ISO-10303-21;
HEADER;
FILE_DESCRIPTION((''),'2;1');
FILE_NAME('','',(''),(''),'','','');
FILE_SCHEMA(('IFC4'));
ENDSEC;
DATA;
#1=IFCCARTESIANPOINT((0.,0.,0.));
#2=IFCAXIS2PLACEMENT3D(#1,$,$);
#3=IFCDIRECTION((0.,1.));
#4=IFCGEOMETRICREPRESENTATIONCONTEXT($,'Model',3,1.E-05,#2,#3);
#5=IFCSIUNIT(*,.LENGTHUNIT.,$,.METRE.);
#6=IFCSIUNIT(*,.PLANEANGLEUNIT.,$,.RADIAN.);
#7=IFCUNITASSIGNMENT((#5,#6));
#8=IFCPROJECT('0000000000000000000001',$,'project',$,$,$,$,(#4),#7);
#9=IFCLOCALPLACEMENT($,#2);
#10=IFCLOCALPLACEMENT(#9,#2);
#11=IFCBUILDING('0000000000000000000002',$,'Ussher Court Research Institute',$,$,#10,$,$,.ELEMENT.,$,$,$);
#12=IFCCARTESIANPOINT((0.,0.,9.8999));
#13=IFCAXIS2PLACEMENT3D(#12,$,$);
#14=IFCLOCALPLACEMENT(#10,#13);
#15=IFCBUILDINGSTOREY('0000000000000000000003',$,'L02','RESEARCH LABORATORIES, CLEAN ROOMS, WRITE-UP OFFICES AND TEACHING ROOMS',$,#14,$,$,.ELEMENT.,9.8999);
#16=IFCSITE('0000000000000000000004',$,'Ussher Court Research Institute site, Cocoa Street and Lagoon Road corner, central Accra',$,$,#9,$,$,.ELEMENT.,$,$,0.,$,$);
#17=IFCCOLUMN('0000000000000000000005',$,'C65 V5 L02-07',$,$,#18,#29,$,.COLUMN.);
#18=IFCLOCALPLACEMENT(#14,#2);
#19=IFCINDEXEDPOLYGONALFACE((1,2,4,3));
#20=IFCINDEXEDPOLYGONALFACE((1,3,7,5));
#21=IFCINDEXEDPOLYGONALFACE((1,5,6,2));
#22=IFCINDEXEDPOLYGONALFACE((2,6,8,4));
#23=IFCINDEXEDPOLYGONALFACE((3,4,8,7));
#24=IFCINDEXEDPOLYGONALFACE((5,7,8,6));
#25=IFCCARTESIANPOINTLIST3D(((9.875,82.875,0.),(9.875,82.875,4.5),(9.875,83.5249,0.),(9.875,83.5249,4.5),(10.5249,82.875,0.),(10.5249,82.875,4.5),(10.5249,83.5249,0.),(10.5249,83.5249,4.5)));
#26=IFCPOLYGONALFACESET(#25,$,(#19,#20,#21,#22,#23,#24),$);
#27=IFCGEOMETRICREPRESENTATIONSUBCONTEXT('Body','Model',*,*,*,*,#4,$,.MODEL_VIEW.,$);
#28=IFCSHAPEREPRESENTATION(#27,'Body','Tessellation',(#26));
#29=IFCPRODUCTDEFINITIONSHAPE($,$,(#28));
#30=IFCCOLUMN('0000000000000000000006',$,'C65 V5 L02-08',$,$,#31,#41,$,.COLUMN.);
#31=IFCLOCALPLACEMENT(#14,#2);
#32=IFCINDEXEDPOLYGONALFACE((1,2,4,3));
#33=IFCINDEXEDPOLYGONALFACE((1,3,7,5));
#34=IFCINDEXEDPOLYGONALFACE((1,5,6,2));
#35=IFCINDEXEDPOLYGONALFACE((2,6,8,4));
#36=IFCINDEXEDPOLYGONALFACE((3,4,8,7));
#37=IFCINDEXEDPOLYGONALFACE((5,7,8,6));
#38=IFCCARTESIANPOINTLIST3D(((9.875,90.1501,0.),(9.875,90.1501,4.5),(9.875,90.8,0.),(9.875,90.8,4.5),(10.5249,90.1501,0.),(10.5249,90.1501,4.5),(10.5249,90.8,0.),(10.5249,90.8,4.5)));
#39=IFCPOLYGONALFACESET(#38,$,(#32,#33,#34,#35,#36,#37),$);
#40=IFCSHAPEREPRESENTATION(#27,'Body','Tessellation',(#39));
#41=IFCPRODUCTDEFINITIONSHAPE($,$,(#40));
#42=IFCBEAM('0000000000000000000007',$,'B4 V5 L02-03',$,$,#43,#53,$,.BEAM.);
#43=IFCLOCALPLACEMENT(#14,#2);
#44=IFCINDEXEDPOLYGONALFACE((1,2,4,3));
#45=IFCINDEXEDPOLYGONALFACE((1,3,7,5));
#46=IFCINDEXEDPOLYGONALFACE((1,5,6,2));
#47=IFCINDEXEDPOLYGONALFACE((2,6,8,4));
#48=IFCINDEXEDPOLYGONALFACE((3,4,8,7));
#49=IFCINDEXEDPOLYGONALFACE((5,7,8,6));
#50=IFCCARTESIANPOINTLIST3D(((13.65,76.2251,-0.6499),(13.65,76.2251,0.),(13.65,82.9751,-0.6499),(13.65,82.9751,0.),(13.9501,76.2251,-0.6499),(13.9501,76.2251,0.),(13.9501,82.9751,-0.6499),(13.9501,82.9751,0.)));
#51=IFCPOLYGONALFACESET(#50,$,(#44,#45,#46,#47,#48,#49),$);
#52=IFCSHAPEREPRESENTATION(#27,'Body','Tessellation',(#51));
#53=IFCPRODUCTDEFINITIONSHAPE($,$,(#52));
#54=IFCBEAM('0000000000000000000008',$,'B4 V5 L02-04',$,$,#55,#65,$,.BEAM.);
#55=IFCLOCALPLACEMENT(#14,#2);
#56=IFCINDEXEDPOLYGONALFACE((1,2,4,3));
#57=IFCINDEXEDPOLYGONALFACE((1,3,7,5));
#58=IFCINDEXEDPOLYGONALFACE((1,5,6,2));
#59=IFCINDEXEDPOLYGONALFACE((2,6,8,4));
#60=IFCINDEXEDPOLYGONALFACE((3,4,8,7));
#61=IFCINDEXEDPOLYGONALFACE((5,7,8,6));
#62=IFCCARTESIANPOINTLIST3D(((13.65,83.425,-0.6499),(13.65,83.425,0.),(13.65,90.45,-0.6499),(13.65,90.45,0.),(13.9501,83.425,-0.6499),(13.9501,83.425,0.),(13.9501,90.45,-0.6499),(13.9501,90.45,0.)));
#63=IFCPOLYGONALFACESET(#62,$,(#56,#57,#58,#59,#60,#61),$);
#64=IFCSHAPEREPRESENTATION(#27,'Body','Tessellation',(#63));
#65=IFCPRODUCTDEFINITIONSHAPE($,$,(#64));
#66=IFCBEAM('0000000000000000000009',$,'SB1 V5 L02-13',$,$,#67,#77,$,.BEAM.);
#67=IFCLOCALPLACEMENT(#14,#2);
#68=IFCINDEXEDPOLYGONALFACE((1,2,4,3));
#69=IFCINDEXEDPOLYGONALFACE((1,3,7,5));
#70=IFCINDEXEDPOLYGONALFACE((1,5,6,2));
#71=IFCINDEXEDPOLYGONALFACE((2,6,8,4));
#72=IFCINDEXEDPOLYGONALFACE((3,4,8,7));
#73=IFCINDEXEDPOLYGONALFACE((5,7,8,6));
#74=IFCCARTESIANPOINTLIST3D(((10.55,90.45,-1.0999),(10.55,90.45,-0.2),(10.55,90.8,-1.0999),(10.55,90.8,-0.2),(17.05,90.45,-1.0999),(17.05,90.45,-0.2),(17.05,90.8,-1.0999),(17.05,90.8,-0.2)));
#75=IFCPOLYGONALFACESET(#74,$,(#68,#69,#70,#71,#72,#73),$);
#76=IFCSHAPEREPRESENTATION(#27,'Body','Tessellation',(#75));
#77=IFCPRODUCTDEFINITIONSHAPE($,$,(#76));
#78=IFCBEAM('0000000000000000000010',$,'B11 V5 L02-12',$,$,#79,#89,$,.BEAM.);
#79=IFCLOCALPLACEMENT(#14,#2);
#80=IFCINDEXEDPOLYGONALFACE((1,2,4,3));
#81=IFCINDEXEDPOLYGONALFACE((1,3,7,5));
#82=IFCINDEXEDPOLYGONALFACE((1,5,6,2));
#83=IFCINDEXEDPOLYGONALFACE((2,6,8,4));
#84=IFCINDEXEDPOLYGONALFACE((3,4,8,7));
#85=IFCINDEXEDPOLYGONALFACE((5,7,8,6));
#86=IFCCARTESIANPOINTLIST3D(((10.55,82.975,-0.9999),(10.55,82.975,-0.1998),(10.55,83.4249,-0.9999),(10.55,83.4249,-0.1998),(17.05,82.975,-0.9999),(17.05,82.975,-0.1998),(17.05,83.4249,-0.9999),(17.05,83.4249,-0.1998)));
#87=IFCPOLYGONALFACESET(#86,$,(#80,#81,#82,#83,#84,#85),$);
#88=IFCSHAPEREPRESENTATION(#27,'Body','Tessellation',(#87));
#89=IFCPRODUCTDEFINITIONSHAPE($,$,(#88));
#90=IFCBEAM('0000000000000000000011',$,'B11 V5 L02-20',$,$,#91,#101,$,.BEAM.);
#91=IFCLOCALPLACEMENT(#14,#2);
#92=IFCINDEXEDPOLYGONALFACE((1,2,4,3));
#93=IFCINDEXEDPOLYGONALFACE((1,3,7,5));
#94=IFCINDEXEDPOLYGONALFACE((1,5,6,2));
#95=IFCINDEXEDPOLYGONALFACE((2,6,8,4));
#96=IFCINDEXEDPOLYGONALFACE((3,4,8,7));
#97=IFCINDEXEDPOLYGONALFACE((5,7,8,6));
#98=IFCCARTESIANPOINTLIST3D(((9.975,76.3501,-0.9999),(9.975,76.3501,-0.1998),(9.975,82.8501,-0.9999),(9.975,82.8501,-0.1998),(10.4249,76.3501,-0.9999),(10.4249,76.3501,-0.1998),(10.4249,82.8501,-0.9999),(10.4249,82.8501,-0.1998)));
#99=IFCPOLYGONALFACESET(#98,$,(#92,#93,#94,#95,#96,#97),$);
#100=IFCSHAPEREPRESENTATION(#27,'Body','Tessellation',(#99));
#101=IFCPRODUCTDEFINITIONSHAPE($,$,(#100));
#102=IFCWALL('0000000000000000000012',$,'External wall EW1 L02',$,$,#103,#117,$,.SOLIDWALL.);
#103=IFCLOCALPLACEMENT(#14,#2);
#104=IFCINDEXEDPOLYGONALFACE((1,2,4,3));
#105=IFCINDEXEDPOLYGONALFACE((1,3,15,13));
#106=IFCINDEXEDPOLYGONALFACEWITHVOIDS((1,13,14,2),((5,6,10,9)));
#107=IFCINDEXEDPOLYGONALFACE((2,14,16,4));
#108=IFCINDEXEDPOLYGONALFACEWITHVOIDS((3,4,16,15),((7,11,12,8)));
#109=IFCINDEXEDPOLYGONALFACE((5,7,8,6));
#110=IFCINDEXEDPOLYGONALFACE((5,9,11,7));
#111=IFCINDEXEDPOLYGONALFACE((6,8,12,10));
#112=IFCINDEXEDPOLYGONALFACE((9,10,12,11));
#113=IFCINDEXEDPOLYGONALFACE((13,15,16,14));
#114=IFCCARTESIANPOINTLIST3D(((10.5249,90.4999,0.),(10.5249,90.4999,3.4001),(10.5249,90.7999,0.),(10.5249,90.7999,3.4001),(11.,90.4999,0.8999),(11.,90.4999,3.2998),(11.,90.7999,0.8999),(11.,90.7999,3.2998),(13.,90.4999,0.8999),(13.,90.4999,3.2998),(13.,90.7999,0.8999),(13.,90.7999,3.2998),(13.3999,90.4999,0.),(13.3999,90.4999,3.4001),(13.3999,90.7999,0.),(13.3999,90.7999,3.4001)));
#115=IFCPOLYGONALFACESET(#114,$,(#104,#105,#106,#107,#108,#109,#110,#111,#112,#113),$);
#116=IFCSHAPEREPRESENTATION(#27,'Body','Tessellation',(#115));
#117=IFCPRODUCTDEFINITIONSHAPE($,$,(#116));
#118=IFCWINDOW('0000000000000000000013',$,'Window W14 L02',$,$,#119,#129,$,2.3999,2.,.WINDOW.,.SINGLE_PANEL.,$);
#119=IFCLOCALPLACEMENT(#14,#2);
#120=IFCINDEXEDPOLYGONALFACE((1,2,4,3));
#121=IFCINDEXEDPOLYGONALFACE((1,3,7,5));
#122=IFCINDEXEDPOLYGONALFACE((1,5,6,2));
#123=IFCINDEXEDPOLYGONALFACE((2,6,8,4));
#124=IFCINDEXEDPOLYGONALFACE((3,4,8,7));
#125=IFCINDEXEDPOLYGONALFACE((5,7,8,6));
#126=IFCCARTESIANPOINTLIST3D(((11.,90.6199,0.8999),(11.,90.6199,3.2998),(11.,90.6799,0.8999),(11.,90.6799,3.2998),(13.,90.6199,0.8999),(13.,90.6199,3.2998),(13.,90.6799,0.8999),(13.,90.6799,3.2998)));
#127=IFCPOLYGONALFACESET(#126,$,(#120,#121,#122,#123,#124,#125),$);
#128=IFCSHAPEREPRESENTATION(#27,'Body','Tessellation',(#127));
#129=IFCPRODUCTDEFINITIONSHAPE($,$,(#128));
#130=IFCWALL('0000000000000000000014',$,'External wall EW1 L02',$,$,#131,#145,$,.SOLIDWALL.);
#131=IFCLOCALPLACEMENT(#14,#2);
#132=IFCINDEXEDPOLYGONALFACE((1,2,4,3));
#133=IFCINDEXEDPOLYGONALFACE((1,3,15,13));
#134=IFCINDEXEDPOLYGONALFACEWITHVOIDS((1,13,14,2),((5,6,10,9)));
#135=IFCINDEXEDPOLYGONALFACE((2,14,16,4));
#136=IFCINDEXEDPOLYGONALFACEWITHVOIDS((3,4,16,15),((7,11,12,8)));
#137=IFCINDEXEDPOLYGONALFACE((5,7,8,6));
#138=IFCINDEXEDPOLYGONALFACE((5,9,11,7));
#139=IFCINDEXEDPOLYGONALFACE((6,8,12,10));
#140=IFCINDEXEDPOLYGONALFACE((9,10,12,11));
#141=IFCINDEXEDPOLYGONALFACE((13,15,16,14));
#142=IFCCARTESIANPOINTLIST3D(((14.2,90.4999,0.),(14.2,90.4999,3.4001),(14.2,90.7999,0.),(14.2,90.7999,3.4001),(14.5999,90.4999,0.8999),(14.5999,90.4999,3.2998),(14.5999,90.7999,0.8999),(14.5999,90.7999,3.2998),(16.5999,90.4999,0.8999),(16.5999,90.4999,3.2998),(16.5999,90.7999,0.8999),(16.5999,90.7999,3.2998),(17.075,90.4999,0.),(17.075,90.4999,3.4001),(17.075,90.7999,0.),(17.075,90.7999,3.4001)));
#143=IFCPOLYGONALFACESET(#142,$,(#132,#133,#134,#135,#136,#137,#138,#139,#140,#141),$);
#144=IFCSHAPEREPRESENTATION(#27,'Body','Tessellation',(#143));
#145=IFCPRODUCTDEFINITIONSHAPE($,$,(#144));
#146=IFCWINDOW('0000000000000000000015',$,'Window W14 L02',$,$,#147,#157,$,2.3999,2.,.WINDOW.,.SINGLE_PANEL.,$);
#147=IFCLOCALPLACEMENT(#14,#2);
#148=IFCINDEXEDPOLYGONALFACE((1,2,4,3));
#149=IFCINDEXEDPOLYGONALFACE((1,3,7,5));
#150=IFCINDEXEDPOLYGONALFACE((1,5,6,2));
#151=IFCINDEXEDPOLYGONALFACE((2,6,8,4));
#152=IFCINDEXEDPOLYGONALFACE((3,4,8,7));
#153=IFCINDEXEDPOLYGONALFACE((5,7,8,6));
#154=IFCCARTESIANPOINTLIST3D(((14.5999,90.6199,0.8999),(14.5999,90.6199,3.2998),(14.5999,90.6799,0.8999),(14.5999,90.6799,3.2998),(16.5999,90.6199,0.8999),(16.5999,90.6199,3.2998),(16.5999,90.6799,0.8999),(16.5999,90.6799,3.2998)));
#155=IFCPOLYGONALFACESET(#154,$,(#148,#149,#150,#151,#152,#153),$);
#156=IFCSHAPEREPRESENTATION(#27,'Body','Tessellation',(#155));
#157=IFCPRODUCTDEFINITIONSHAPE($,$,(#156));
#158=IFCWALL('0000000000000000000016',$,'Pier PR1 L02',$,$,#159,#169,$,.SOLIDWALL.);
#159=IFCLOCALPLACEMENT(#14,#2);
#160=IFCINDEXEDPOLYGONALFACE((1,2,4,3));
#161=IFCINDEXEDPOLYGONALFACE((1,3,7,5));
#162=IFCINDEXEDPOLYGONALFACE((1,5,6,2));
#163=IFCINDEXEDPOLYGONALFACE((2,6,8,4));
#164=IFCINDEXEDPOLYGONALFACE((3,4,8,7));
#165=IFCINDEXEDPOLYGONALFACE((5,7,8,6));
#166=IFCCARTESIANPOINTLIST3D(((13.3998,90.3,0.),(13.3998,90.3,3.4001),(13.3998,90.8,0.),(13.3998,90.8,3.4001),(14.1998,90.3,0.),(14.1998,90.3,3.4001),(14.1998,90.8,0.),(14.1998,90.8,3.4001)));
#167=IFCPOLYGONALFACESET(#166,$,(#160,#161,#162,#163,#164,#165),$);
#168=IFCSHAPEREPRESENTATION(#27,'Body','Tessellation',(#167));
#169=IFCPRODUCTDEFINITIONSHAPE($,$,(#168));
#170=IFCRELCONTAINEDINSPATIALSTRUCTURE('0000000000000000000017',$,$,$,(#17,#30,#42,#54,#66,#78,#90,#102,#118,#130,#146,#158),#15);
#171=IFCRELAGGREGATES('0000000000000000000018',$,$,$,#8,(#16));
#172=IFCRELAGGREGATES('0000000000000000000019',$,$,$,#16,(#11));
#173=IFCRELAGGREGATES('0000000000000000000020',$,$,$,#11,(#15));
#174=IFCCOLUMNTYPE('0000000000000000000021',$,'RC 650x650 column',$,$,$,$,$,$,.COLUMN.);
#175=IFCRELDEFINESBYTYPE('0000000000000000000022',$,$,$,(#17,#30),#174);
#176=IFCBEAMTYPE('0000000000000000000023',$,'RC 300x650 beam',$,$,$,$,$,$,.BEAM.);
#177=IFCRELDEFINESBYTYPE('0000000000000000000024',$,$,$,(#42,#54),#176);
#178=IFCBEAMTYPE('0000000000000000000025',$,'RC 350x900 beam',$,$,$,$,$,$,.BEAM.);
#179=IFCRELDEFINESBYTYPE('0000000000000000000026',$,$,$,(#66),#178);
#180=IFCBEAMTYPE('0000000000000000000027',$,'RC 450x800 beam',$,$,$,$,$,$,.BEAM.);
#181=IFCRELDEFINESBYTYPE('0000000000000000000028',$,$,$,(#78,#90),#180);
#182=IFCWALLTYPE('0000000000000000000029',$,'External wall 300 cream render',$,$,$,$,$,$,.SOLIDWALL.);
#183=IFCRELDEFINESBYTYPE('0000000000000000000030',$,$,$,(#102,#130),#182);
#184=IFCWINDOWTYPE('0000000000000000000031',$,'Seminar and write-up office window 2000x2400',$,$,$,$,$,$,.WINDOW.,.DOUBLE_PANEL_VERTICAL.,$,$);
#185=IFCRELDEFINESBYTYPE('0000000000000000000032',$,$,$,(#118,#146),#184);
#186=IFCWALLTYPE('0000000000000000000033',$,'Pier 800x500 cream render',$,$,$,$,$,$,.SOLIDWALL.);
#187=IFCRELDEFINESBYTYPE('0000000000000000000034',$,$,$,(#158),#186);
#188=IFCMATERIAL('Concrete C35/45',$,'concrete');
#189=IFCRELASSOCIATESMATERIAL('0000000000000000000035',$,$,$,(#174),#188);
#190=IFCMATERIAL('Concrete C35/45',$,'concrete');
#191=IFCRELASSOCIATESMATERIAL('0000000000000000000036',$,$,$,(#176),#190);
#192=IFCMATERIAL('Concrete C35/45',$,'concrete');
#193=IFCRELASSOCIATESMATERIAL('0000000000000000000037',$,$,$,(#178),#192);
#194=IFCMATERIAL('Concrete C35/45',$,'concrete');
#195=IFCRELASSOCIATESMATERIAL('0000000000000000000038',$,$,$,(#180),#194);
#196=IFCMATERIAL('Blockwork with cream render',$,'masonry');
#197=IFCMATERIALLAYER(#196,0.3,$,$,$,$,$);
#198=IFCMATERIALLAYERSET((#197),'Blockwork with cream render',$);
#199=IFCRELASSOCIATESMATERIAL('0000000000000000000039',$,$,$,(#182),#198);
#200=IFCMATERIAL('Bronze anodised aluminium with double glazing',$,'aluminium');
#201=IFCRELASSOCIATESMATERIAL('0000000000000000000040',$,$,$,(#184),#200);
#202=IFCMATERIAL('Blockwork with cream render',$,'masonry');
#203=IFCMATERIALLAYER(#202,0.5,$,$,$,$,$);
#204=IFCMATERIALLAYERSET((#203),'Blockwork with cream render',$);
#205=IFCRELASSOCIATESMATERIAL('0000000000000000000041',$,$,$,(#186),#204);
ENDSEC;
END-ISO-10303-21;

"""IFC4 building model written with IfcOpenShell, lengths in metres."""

from ifc_helpers import new_model, si_unit, direction, frame, frame_2d, origin, origin_2d, place, context, subcontext, project, spatial, rectangle, extrude, material, layer, layer_set, material_profile, profile_set, type_object, element, fill, save


model = new_model("IFC4")

# Units and contexts
model_context = context("Model", 3, precision=1e-05, world=origin(), true_north=direction((0.0, 1.0)))
body_context = subcontext(model_context, "Body", "Model", "MODEL_VIEW")
ifc_project = project(units=[si_unit("LENGTHUNIT", "METRE"), si_unit("PLANEANGLEUNIT", "RADIAN")], contexts=[model_context])

# Site, building, storey
site_placement = place(None, origin())
site = spatial("IfcSite", under=ifc_project, at=site_placement, Name="Ussher Court Research Institute site, Cocoa Street and Lagoon Road corner, central Accra", CompositionType="ELEMENT", RefElevation=0.0)
building_placement = place(site_placement, origin())
building = spatial("IfcBuilding", under=site, at=building_placement, Name="Ussher Court Research Institute", CompositionType="ELEMENT")
storey_placement = place(building_placement, frame((0.0, 0.0, 9.8999)))
storey = spatial("IfcBuildingStorey", under=building, at=storey_placement, Name="L02", Description="RESEARCH LABORATORIES, CLEAN ROOMS, WRITE-UP OFFICES AND TEACHING ROOMS", CompositionType="ELEMENT", Elevation=9.8999)

# Columns
ifc_material_1 = material(Name="Concrete C35/45", Category="concrete")
ifc_material_profile_1 = material_profile(ifc_material_1, rectangle(XDim=0.6499, YDim=0.6499, at=origin_2d()), Name="RC 650x650")
ifc_profile_set_1 = profile_set([ifc_material_profile_1], Name="Concrete C35/45")
column_type = type_object("IfcColumnType", Name="RC 650x650 column", PredefinedType="COLUMN", material=ifc_profile_set_1)
for number, where, z_axis, x_axis, name in (
    (1, (10.2, 83.2, 0.0), (0.0, 0.0, 1.0), (1.0, 0.0, 0.0), "C65 V5 L02-07"),
    (2, (10.2, 90.4751, 0.0), (0.0, 0.0, 1.0), (1.0, 0.0, 0.0), "C65 V5 L02-08"),
):
    element("IfcColumn", number, at=place(storey_placement, frame(where, z_axis=z_axis, x_axis=x_axis)), inside=storey, type_object=column_type, Name=name, PredefinedType="COLUMN", context=body_context, shape_type="SweptSolid", body=[
        extrude(rectangle(XDim=0.6499, YDim=0.6499, at=origin_2d()), origin(), (0.0, 0.0, 1.0), 4.5),
    ])

# Beams
ifc_material_2 = material(Name="Concrete C35/45", Category="concrete")
ifc_material_profile_2 = material_profile(ifc_material_2, rectangle(XDim=0.3, YDim=0.6499, at=origin_2d()), Name="RC 300x650")
ifc_profile_set_2 = profile_set([ifc_material_profile_2], Name="Concrete C35/45")
beam_type_1 = type_object("IfcBeamType", Name="RC 300x650 beam", PredefinedType="BEAM", material=ifc_profile_set_2)
beam_1_placement = place(storey_placement, frame((13.8, 76.2251, -0.325), z_axis=(0.0, 1.0, 0.0), x_axis=(-1.0, 0.0, 0.0)))
element("IfcBeam", 3, at=beam_1_placement, inside=storey, type_object=beam_type_1, Name="B4 V5 L02-03", PredefinedType="BEAM", context=body_context, shape_type="SweptSolid", body=[
    extrude(rectangle(XDim=0.3, YDim=0.6499, at=origin_2d()), origin(), (0.0, 0.0, 1.0), 6.75),
])
beam_2_placement = place(storey_placement, frame((13.8, 83.425, -0.325), z_axis=(0.0, 1.0, 0.0), x_axis=(-1.0, 0.0, 0.0)))
element("IfcBeam", 4, at=beam_2_placement, inside=storey, type_object=beam_type_1, Name="B4 V5 L02-04", PredefinedType="BEAM", context=body_context, shape_type="SweptSolid", body=[
    extrude(rectangle(XDim=0.3, YDim=0.6499, at=origin_2d()), origin(), (0.0, 0.0, 1.0), 7.0249),
])
ifc_material_3 = material(Name="Concrete C35/45", Category="concrete")
ifc_material_profile_3 = material_profile(ifc_material_3, rectangle(XDim=0.3501, YDim=0.8999, at=origin_2d()), Name="RC 350x900")
ifc_profile_set_3 = profile_set([ifc_material_profile_3], Name="Concrete C35/45")
beam_type_2 = type_object("IfcBeamType", Name="RC 350x900 beam", PredefinedType="BEAM", material=ifc_profile_set_3)
beam_3_placement = place(storey_placement, frame((10.55, 90.625, -0.6499), z_axis=(1.0, 0.0, 0.0), x_axis=(0.0, 1.0, 0.0)))
element("IfcBeam", 5, at=beam_3_placement, inside=storey, type_object=beam_type_2, Name="SB1 V5 L02-13", PredefinedType="BEAM", context=body_context, shape_type="SweptSolid", body=[
    extrude(rectangle(XDim=0.3501, YDim=0.8999, at=origin_2d()), origin(), (0.0, 0.0, 1.0), 6.5),
])
ifc_material_4 = material(Name="Concrete C35/45", Category="concrete")
ifc_material_profile_4 = material_profile(ifc_material_4, rectangle(XDim=0.45, YDim=0.8, at=origin_2d()), Name="RC 450x800")
ifc_profile_set_4 = profile_set([ifc_material_profile_4], Name="Concrete C35/45")
beam_type_3 = type_object("IfcBeamType", Name="RC 450x800 beam", PredefinedType="BEAM", material=ifc_profile_set_4)
for number, where, z_axis, x_axis, name in (
    (6, (10.55, 83.2, -0.5999), (1.0, 0.0, 0.0), (0.0, 1.0, 0.0), "B11 V5 L02-12"),
    (7, (10.2, 76.3501, -0.5999), (0.0, 1.0, 0.0), (-1.0, 0.0, 0.0), "B11 V5 L02-20"),
):
    element("IfcBeam", number, at=place(storey_placement, frame(where, z_axis=z_axis, x_axis=x_axis)), inside=storey, type_object=beam_type_3, Name=name, PredefinedType="BEAM", context=body_context, shape_type="SweptSolid", body=[
        extrude(rectangle(XDim=0.45, YDim=0.8, at=origin_2d()), origin(), (0.0, 0.0, 1.0), 6.5),
    ])

# Walls, openings, windows
ifc_material_5 = material(Name="Blockwork with cream render", Category="masonry")
ifc_layer_1 = layer(ifc_material_5, 0.3)
ifc_layer_set_1 = layer_set([ifc_layer_1], Name="Blockwork with cream render")
wall_type_1 = type_object("IfcWallType", Name="External wall 300 cream render", PredefinedType="SOLIDWALL", material=ifc_layer_set_1)
wall_1_placement = place(storey_placement, frame((10.5249, 90.6499, 0.0), z_axis=(0.0, 0.0, 1.0), x_axis=(1.0, 0.0, 0.0)))
wall_1 = element("IfcWall", 8, at=wall_1_placement, inside=storey, type_object=wall_type_1, Name="External wall EW1 L02", PredefinedType="SOLIDWALL", context=body_context, shape_type="SweptSolid", body=[
    extrude(rectangle(XDim=2.875, YDim=0.3, at=frame_2d((1.4375, 0.0))), origin(), (0.0, 0.0, 1.0), 3.4001),
])
opening_1_placement = place(wall_1_placement, frame((0.4751, 0.0, 0.8999)))
opening_1 = element("IfcOpeningElement", 9, at=opening_1_placement, cuts=wall_1, PredefinedType="OPENING", context=body_context, shape_type="SweptSolid", body=[
    extrude(rectangle(XDim=2.0, YDim=2.3999, at=frame_2d((1.0, 1.2))), frame((0.0, 0.1602, 0.0), z_axis=(0.0, -1.0, 0.0), x_axis=(1.0, 0.0, 0.0)), (0.0, 0.0, 1.0), 0.3201),
])
ifc_material_6 = material(Name="Bronze anodised aluminium with double glazing", Category="aluminium")
window_type = type_object("IfcWindowType", Name="Seminar and write-up office window 2000x2400", PartitioningType="DOUBLE_PANEL_VERTICAL", PredefinedType="WINDOW", material=ifc_material_6)
window_1_placement = place(opening_1_placement, origin())
window_1 = element("IfcWindow", 10, at=window_1_placement, inside=storey, type_object=window_type, Name="Window W14 L02", OverallHeight=2.3999, OverallWidth=2.0, PartitioningType="SINGLE_PANEL", PredefinedType="WINDOW", context=body_context, shape_type="SweptSolid", body=[
    extrude(rectangle(XDim=2.0, YDim=2.3999, at=frame_2d((1.0, 1.2))), frame((0.0, 0.03, 0.0), z_axis=(0.0, -1.0, 0.0), x_axis=(1.0, 0.0, 0.0)), (0.0, 0.0, 1.0), 0.0601),
])
fill(opening_1, window_1)
wall_2_placement = place(storey_placement, frame((14.2, 90.6499, 0.0), z_axis=(0.0, 0.0, 1.0), x_axis=(1.0, 0.0, 0.0)))
wall_2 = element("IfcWall", 11, at=wall_2_placement, inside=storey, type_object=wall_type_1, Name="External wall EW1 L02", PredefinedType="SOLIDWALL", context=body_context, shape_type="SweptSolid", body=[
    extrude(rectangle(XDim=2.875, YDim=0.3, at=frame_2d((1.4375, 0.0))), origin(), (0.0, 0.0, 1.0), 3.4001),
])
opening_2_placement = place(wall_2_placement, frame((0.3999, 0.0, 0.8999)))
opening_2 = element("IfcOpeningElement", 12, at=opening_2_placement, cuts=wall_2, PredefinedType="OPENING", context=body_context, shape_type="SweptSolid", body=[
    extrude(rectangle(XDim=2.0, YDim=2.3999, at=frame_2d((1.0, 1.2))), frame((0.0, 0.1602, 0.0), z_axis=(0.0, -1.0, 0.0), x_axis=(1.0, 0.0, 0.0)), (0.0, 0.0, 1.0), 0.3201),
])
window_2_placement = place(opening_2_placement, origin())
window_2 = element("IfcWindow", 13, at=window_2_placement, inside=storey, type_object=window_type, Name="Window W14 L02", OverallHeight=2.3999, OverallWidth=2.0, PartitioningType="SINGLE_PANEL", PredefinedType="WINDOW", context=body_context, shape_type="SweptSolid", body=[
    extrude(rectangle(XDim=2.0, YDim=2.3999, at=frame_2d((1.0, 1.2))), frame((0.0, 0.03, 0.0), z_axis=(0.0, -1.0, 0.0), x_axis=(1.0, 0.0, 0.0)), (0.0, 0.0, 1.0), 0.0601),
])
fill(opening_2, window_2)

# Wall
ifc_material_7 = material(Name="Blockwork with cream render", Category="masonry")
ifc_layer_2 = layer(ifc_material_7, 0.5)
ifc_layer_set_2 = layer_set([ifc_layer_2], Name="Blockwork with cream render")
wall_type_2 = type_object("IfcWallType", Name="Pier 800x500 cream render", PredefinedType="SOLIDWALL", material=ifc_layer_set_2)
wall_3_placement = place(storey_placement, frame((13.3999, 90.55, 0.0), z_axis=(0.0, 0.0, 1.0), x_axis=(1.0, 0.0, 0.0)))
element("IfcWall", 14, at=wall_3_placement, inside=storey, type_object=wall_type_2, Name="Pier PR1 L02", PredefinedType="SOLIDWALL", context=body_context, shape_type="SweptSolid", body=[
    extrude(rectangle(XDim=0.8, YDim=0.5, at=frame_2d((0.3999, 0.0))), origin(), (0.0, 0.0, 1.0), 3.4001),
])

save(model, "model.ifc")
